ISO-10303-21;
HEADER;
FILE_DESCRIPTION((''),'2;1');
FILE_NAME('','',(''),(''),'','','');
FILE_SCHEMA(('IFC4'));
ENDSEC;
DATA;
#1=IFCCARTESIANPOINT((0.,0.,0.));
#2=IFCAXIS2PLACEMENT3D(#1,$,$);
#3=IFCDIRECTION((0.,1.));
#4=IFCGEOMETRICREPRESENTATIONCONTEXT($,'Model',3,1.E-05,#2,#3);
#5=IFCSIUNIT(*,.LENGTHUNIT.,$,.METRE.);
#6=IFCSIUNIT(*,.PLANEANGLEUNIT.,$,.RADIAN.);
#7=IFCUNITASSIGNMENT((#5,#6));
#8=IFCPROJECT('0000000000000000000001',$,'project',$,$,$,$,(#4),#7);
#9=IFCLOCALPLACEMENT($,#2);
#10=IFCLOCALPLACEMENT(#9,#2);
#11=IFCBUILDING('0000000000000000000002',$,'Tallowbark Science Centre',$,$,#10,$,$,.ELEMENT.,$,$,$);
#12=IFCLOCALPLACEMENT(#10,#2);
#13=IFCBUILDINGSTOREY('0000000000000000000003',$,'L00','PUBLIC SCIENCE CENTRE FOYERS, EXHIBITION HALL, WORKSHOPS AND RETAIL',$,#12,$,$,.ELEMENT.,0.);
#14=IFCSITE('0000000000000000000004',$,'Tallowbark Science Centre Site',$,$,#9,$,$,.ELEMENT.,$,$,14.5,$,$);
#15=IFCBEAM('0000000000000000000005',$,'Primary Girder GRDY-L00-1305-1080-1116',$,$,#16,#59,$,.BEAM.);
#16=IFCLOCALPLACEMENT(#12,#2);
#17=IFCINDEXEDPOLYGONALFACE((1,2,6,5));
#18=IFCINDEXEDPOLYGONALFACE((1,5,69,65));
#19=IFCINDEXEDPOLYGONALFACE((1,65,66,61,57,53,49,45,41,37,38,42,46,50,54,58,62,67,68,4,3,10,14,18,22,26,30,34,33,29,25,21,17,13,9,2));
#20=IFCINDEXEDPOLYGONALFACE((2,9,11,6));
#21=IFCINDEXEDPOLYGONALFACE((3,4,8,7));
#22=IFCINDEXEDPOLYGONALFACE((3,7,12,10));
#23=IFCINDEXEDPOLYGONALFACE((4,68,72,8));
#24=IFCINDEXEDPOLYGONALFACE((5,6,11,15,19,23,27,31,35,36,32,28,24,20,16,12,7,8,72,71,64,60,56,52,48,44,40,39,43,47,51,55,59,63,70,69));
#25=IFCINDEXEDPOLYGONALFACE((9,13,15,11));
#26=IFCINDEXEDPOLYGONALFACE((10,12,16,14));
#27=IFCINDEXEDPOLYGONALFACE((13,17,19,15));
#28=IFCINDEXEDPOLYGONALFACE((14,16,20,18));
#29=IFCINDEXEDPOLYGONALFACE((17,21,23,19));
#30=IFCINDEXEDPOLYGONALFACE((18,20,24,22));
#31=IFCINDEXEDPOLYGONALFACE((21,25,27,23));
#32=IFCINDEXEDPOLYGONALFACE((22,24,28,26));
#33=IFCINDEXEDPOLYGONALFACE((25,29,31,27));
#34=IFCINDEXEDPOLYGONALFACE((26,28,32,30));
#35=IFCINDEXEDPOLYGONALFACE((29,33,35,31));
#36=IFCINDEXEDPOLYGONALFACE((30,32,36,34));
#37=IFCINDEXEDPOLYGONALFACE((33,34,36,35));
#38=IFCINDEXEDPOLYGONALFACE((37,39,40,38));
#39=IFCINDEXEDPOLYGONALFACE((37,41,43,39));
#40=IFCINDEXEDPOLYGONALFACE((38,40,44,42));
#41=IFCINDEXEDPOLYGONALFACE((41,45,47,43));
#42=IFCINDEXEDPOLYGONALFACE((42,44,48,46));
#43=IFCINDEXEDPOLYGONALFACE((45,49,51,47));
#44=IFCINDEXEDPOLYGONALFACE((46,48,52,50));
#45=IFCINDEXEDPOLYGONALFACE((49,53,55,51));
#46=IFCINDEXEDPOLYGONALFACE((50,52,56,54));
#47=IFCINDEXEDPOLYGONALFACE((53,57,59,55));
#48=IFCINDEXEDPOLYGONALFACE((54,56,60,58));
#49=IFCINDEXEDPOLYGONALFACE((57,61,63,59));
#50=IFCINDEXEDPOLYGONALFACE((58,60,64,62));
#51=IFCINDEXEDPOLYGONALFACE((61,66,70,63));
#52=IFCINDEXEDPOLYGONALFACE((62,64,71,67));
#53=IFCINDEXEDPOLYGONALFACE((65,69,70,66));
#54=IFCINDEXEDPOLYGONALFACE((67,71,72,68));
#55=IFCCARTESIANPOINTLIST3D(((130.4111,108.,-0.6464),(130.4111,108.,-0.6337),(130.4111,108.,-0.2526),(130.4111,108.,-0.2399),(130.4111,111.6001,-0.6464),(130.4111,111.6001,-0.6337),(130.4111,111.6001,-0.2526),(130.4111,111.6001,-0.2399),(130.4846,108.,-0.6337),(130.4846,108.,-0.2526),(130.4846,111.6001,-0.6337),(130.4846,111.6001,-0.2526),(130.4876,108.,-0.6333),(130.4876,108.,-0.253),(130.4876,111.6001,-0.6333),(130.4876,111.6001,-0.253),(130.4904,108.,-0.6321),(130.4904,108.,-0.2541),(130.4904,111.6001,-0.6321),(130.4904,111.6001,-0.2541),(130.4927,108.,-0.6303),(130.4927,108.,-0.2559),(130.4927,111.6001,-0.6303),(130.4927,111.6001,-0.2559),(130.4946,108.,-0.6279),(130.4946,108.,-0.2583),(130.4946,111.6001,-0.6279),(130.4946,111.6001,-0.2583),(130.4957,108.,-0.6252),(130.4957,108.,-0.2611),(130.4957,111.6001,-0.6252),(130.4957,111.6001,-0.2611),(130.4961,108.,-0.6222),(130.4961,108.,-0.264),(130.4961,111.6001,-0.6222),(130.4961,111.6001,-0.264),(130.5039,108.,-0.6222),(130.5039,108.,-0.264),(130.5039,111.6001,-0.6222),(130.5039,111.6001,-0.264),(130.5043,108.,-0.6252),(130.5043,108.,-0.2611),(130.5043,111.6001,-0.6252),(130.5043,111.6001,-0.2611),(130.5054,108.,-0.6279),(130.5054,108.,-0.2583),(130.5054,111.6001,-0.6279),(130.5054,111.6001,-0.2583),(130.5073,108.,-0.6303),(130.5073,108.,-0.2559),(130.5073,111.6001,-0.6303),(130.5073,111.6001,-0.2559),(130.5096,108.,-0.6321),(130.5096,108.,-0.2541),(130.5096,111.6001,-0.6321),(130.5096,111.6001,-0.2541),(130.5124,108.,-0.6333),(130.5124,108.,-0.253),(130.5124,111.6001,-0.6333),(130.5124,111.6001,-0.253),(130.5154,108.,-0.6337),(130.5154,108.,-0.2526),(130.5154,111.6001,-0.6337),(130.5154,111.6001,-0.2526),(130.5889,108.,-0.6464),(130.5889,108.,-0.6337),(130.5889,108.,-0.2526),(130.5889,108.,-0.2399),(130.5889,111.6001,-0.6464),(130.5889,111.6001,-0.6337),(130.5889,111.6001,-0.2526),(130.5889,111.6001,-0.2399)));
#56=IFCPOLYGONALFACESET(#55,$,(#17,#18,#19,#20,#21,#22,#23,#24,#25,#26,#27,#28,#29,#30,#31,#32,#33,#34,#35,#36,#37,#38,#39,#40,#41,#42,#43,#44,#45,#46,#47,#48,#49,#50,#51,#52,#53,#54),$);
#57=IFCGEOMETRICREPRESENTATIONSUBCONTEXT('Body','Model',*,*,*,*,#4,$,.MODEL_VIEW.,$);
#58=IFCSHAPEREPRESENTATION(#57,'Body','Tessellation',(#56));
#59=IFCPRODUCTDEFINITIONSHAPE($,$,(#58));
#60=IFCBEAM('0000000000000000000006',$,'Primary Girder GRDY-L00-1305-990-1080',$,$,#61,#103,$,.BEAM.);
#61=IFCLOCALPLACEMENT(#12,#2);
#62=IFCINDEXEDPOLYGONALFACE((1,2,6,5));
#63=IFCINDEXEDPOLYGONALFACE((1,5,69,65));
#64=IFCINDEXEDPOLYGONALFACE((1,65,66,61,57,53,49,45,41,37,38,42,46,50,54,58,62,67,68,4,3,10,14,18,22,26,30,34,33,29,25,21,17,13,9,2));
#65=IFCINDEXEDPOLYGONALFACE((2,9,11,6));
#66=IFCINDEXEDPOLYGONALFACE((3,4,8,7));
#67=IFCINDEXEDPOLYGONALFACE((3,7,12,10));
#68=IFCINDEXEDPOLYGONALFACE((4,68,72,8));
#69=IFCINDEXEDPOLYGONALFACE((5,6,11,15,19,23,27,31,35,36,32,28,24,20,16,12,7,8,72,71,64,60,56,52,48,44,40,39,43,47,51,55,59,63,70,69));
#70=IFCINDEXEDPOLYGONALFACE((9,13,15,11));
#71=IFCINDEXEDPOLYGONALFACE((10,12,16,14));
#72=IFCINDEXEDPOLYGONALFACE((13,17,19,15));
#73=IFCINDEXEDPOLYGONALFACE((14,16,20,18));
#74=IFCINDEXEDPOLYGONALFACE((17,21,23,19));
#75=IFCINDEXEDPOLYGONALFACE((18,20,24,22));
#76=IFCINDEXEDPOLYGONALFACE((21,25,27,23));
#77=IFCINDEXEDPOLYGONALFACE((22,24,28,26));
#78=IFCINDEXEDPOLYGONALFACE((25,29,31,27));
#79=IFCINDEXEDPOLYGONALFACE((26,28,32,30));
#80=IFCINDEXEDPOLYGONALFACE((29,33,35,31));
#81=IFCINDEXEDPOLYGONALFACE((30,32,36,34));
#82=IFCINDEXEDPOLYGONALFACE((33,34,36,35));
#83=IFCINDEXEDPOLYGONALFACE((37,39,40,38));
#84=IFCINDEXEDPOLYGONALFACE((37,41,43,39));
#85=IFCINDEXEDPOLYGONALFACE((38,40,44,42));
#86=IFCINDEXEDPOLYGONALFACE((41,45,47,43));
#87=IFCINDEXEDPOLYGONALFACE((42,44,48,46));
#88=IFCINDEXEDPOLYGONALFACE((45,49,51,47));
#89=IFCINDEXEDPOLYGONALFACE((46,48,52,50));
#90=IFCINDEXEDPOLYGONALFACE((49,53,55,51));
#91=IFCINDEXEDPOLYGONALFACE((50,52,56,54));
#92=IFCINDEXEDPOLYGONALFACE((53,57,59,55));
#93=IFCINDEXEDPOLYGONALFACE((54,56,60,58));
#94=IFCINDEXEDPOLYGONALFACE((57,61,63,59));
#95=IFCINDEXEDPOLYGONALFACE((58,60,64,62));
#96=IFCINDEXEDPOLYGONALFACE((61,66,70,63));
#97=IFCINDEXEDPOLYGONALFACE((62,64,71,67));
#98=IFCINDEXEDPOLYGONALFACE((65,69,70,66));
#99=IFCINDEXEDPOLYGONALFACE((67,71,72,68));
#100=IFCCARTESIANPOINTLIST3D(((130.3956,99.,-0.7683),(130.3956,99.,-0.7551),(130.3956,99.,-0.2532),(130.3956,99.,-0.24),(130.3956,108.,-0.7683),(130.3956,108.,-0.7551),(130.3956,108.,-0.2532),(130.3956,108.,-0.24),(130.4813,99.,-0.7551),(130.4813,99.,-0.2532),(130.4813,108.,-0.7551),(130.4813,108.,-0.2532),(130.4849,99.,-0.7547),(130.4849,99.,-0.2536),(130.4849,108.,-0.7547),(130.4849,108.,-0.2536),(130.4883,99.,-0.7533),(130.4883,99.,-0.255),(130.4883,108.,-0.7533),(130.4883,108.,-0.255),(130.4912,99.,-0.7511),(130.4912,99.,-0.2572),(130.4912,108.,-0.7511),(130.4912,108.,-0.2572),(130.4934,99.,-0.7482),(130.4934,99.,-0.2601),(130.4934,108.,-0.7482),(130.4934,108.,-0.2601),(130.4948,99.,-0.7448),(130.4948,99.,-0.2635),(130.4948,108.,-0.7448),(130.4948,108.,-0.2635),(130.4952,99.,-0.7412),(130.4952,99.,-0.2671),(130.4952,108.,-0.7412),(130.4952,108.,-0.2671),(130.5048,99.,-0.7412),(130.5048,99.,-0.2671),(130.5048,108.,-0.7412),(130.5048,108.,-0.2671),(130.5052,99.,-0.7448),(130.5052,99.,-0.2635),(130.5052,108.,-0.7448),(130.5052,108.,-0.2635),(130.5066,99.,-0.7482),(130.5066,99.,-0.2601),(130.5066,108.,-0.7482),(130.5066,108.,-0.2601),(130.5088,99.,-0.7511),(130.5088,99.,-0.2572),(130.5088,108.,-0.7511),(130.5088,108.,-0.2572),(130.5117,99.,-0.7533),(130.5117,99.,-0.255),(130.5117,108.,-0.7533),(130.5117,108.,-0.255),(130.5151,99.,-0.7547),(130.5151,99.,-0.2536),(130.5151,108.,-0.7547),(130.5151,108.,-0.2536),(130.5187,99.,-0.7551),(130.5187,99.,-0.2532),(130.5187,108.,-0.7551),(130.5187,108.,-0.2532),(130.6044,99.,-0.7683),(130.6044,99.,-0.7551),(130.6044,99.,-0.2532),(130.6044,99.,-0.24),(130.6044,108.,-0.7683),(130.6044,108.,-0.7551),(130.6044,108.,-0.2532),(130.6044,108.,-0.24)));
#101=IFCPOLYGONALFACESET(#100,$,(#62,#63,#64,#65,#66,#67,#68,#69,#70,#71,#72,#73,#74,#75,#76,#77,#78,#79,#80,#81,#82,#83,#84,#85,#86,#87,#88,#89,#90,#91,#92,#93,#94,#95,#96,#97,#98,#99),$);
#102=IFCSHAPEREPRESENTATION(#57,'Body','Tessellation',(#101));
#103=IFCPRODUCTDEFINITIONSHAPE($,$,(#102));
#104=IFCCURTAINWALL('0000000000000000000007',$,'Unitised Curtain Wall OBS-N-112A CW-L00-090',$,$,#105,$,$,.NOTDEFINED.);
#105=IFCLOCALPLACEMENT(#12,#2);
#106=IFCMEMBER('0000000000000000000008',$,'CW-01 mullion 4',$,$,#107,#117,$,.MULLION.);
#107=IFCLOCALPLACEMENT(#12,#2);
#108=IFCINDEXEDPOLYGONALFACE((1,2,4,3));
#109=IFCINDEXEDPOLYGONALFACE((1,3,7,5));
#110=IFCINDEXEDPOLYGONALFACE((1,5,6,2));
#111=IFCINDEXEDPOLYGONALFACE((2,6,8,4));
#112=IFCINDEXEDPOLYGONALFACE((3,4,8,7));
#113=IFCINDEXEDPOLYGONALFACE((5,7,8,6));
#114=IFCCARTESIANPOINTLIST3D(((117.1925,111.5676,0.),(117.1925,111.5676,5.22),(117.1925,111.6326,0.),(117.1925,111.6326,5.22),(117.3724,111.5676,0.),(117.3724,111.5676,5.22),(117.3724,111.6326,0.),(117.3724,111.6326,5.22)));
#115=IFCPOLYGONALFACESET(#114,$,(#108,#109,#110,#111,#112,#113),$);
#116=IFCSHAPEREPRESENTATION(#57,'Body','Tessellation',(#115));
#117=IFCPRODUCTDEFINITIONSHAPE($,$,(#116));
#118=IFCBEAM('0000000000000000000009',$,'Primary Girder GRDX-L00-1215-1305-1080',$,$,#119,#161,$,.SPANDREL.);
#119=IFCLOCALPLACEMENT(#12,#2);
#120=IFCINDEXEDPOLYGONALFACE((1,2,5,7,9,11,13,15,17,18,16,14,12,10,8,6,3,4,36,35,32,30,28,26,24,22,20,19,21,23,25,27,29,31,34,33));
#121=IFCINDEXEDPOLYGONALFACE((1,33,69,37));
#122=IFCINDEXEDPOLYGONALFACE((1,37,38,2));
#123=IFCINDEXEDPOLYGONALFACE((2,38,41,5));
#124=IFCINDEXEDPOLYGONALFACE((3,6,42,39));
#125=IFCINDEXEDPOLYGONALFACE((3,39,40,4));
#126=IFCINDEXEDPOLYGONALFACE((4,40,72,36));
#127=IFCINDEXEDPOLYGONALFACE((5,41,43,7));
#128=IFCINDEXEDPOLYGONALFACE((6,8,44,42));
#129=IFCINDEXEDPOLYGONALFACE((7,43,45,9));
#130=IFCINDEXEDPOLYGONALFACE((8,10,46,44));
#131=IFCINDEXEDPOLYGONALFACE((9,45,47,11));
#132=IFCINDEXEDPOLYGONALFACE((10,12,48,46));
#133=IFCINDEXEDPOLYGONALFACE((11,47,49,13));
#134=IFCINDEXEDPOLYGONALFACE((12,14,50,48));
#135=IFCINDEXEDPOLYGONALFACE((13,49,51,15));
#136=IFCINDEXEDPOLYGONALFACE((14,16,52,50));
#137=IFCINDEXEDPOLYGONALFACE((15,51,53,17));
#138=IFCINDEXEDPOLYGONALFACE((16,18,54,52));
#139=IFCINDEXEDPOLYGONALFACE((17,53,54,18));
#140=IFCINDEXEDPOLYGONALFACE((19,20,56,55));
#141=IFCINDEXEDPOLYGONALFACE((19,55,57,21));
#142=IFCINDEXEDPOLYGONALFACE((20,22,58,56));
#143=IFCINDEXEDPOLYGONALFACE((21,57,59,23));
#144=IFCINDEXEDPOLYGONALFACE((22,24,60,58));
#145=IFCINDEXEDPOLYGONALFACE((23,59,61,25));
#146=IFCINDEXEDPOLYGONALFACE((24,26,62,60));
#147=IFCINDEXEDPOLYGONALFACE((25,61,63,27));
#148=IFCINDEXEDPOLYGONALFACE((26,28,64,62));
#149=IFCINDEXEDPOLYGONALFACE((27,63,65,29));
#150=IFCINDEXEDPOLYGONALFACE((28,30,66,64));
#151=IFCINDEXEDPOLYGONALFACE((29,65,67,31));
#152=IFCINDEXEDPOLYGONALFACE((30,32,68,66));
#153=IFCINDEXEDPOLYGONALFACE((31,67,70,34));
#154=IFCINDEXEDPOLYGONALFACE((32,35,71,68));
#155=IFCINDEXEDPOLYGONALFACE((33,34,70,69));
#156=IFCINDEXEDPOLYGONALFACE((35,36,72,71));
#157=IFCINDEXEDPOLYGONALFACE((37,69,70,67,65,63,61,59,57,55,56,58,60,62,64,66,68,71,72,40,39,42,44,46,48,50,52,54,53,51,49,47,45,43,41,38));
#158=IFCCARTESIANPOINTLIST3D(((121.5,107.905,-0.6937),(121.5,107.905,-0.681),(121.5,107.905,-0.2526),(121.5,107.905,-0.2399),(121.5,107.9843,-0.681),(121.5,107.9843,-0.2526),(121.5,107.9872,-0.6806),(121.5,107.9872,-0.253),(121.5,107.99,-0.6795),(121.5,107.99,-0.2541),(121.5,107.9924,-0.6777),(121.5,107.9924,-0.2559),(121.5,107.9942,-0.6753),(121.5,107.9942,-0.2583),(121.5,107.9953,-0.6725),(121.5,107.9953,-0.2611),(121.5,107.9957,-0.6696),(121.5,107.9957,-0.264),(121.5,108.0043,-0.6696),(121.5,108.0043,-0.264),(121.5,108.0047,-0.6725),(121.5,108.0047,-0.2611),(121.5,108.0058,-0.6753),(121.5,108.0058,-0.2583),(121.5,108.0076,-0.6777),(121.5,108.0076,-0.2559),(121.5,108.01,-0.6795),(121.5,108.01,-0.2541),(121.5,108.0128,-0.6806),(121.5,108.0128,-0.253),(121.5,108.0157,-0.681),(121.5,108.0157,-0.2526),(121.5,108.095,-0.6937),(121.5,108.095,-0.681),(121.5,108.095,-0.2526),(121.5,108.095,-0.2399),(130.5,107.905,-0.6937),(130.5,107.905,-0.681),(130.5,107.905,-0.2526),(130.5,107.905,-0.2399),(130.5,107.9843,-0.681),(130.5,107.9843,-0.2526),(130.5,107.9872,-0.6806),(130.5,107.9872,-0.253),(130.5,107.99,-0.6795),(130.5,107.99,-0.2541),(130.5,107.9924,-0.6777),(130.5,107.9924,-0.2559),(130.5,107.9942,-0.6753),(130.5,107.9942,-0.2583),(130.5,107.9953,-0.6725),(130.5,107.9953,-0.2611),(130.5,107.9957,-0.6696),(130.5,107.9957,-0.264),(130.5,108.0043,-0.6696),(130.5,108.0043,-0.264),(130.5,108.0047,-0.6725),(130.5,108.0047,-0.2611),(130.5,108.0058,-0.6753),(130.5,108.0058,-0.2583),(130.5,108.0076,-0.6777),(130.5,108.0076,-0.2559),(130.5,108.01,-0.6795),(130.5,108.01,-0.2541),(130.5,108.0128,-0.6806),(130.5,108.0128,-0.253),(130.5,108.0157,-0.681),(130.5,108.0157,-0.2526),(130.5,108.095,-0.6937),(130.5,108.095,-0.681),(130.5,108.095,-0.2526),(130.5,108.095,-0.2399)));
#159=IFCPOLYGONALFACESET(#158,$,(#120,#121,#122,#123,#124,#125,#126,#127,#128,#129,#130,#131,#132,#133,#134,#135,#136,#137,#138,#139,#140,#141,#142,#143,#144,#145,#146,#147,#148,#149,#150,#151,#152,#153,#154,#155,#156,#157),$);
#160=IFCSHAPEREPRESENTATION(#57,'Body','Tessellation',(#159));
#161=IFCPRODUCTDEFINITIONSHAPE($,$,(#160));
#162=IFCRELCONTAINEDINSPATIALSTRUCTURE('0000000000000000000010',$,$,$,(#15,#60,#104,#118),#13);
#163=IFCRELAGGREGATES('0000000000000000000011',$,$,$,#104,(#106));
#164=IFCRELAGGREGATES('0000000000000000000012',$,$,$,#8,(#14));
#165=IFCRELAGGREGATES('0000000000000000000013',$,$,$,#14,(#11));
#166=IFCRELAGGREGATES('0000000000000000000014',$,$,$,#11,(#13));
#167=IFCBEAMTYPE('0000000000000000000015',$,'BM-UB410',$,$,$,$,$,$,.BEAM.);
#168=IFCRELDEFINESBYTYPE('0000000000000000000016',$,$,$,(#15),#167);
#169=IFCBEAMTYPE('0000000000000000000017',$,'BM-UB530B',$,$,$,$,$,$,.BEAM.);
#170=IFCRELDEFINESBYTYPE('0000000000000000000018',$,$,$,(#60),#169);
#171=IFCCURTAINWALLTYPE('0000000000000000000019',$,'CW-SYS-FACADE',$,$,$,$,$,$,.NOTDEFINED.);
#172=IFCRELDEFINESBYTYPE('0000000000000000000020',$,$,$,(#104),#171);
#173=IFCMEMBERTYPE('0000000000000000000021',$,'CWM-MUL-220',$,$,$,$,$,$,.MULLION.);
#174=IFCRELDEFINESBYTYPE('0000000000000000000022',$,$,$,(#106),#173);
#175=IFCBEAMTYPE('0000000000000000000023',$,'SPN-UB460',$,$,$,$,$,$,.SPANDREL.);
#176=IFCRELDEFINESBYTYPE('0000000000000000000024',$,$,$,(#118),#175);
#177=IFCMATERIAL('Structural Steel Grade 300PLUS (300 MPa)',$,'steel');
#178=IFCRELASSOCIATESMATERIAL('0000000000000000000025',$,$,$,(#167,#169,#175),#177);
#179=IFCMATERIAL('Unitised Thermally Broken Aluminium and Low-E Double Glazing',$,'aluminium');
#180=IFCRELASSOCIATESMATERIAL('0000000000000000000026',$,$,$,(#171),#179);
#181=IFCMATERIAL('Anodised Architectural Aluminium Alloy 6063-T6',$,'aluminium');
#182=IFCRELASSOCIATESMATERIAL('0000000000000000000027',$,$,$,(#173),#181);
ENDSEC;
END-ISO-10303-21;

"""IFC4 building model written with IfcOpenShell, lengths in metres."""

from ifc_helpers import new_model, si_unit, direction, frame, origin, origin_2d, place, context, subcontext, project, spatial, rectangle, i_section, extrude, material, material_profile, profile_set, type_object, element, aggregate, save


model = new_model("IFC4")

# Units and contexts
model_context = context("Model", 3, precision=1e-05, world=origin(), true_north=direction((0.0, 1.0)))
body_context = subcontext(model_context, "Body", "Model", "MODEL_VIEW")
ifc_project = project(units=[si_unit("LENGTHUNIT", "METRE"), si_unit("PLANEANGLEUNIT", "RADIAN")], contexts=[model_context])

# Site, building, storey
site_placement = place(None, origin())
site = spatial("IfcSite", under=ifc_project, at=site_placement, Name="Tallowbark Science Centre Site", CompositionType="ELEMENT", RefElevation=14.5)
building_placement = place(site_placement, origin())
building = spatial("IfcBuilding", under=site, at=building_placement, Name="Tallowbark Science Centre", CompositionType="ELEMENT")
storey_placement = place(building_placement, origin())
storey = spatial("IfcBuildingStorey", under=building, at=storey_placement, Name="L00", Description="PUBLIC SCIENCE CENTRE FOYERS, EXHIBITION HALL, WORKSHOPS AND RETAIL", CompositionType="ELEMENT", Elevation=0.0)

# Shared definitions
ifc_material_1 = material(Name="Structural Steel Grade 300PLUS (300 MPa)", Category="steel")

# Beams
ifc_material_profile_1 = material_profile(ifc_material_1, i_section(OverallWidth=0.1777, OverallDepth=0.4065, WebThickness=0.0078, FlangeThickness=0.0127, FilletRadius=0.0115, at=origin_2d()), Name="410UB59.7")
ifc_profile_set_1 = profile_set([ifc_material_profile_1], Name="Structural Steel Grade 300PLUS (300 MPa)")
beam_type_1 = type_object("IfcBeamType", Name="BM-UB410", PredefinedType="BEAM", material=ifc_profile_set_1)
for number, where, z_axis, x_axis, name in (
    (1, (130.5, 108.0, -0.4431), (0.0, 1.0, 0.0), (-1.0, 0.0, 0.0), "Primary Girder GRDY-L00-1305-1080-1116"),
):
    element("IfcBeam", number, at=place(storey_placement, frame(where, z_axis=z_axis, x_axis=x_axis)), inside=storey, type_object=beam_type_1, Name=name, PredefinedType="BEAM", context=body_context, shape_type="SweptSolid", body=[
        extrude(i_section(OverallWidth=0.1777, OverallDepth=0.4065, WebThickness=0.0078, FlangeThickness=0.0127, FilletRadius=0.0115, at=origin_2d()), origin(), (0.0, 0.0, 1.0), 3.6001),
    ])
ifc_material_profile_2 = material_profile(ifc_material_1, i_section(OverallWidth=0.2087, OverallDepth=0.5283, WebThickness=0.0095, FlangeThickness=0.0132, FilletRadius=0.0139, at=origin_2d()), Name="530UB82.0")
ifc_profile_set_2 = profile_set([ifc_material_profile_2], Name="Structural Steel Grade 300PLUS (300 MPa)")
beam_type_2 = type_object("IfcBeamType", Name="BM-UB530B", PredefinedType="BEAM", material=ifc_profile_set_2)
beam_placement = place(storey_placement, frame((130.5, 99.0, -0.5042), z_axis=(0.0, 1.0, 0.0), x_axis=(-1.0, 0.0, 0.0)))
element("IfcBeam", 2, at=beam_placement, inside=storey, type_object=beam_type_2, Name="Primary Girder GRDY-L00-1305-990-1080", PredefinedType="BEAM", context=body_context, shape_type="SweptSolid", body=[
    extrude(i_section(OverallWidth=0.2087, OverallDepth=0.5283, WebThickness=0.0095, FlangeThickness=0.0132, FilletRadius=0.0139, at=origin_2d()), origin(), (0.0, 0.0, 1.0), 9.0),
])

# Curtain wall, member
ifc_material_2 = material(Name="Unitised Thermally Broken Aluminium and Low-E Double Glazing", Category="aluminium")
curtain_wall_type = type_object("IfcCurtainWallType", Name="CW-SYS-FACADE", PredefinedType="NOTDEFINED", material=ifc_material_2)
curtain_wall_placement = place(storey_placement, origin())
curtain_wall = element("IfcCurtainWall", 3, at=curtain_wall_placement, inside=storey, type_object=curtain_wall_type, Name="Unitised Curtain Wall OBS-N-112A CW-L00-090", PredefinedType="NOTDEFINED")
ifc_material_3 = material(Name="Anodised Architectural Aluminium Alloy 6063-T6", Category="aluminium")
ifc_material_profile_3 = material_profile(ifc_material_3, rectangle(XDim=0.0649, YDim=0.1799, at=origin_2d()), Name="ALU65x180")
ifc_profile_set_3 = profile_set([ifc_material_profile_3], Name="Anodised Architectural Aluminium Alloy 6063-T6")
member_type = type_object("IfcMemberType", Name="CWM-MUL-220", PredefinedType="MULLION", material=ifc_profile_set_3)
member_placement = place(storey_placement, frame((117.2825, 111.6001, 0.0), z_axis=(0.0, 0.0, 1.0), x_axis=(0.0, -1.0, 0.0)))
member = element("IfcMember", 4, at=member_placement, type_object=member_type, Name="CW-01 mullion 4", PredefinedType="MULLION", context=body_context, shape_type="SweptSolid", body=[
    extrude(rectangle(XDim=0.0649, YDim=0.1799, at=origin_2d()), origin(), (0.0, 0.0, 1.0), 5.22),
])

# Beam
ifc_material_profile_4 = material_profile(ifc_material_1, i_section(OverallWidth=0.1899, OverallDepth=0.4539, WebThickness=0.0085, FlangeThickness=0.0127, FilletRadius=0.0115, at=origin_2d()), Name="460UB67.1")
ifc_profile_set_4 = profile_set([ifc_material_profile_4], Name="Structural Steel Grade 300PLUS (300 MPa)")
beam_type_3 = type_object("IfcBeamType", Name="SPN-UB460", PredefinedType="SPANDREL", material=ifc_profile_set_4)
for number, where, z_axis, x_axis, name in (
    (5, (121.5, 108.0, -0.4668), (1.0, 0.0, 0.0), (0.0, 1.0, 0.0), "Primary Girder GRDX-L00-1215-1305-1080"),
):
    element("IfcBeam", number, at=place(storey_placement, frame(where, z_axis=z_axis, x_axis=x_axis)), inside=storey, type_object=beam_type_3, Name=name, PredefinedType="SPANDREL", context=body_context, shape_type="SweptSolid", body=[
        extrude(i_section(OverallWidth=0.1899, OverallDepth=0.4539, WebThickness=0.0085, FlangeThickness=0.0127, FilletRadius=0.0115, at=origin_2d()), origin(), (0.0, 0.0, 1.0), 9.0),
    ])

aggregate(curtain_wall, [member])

save(model, "model.ifc")
